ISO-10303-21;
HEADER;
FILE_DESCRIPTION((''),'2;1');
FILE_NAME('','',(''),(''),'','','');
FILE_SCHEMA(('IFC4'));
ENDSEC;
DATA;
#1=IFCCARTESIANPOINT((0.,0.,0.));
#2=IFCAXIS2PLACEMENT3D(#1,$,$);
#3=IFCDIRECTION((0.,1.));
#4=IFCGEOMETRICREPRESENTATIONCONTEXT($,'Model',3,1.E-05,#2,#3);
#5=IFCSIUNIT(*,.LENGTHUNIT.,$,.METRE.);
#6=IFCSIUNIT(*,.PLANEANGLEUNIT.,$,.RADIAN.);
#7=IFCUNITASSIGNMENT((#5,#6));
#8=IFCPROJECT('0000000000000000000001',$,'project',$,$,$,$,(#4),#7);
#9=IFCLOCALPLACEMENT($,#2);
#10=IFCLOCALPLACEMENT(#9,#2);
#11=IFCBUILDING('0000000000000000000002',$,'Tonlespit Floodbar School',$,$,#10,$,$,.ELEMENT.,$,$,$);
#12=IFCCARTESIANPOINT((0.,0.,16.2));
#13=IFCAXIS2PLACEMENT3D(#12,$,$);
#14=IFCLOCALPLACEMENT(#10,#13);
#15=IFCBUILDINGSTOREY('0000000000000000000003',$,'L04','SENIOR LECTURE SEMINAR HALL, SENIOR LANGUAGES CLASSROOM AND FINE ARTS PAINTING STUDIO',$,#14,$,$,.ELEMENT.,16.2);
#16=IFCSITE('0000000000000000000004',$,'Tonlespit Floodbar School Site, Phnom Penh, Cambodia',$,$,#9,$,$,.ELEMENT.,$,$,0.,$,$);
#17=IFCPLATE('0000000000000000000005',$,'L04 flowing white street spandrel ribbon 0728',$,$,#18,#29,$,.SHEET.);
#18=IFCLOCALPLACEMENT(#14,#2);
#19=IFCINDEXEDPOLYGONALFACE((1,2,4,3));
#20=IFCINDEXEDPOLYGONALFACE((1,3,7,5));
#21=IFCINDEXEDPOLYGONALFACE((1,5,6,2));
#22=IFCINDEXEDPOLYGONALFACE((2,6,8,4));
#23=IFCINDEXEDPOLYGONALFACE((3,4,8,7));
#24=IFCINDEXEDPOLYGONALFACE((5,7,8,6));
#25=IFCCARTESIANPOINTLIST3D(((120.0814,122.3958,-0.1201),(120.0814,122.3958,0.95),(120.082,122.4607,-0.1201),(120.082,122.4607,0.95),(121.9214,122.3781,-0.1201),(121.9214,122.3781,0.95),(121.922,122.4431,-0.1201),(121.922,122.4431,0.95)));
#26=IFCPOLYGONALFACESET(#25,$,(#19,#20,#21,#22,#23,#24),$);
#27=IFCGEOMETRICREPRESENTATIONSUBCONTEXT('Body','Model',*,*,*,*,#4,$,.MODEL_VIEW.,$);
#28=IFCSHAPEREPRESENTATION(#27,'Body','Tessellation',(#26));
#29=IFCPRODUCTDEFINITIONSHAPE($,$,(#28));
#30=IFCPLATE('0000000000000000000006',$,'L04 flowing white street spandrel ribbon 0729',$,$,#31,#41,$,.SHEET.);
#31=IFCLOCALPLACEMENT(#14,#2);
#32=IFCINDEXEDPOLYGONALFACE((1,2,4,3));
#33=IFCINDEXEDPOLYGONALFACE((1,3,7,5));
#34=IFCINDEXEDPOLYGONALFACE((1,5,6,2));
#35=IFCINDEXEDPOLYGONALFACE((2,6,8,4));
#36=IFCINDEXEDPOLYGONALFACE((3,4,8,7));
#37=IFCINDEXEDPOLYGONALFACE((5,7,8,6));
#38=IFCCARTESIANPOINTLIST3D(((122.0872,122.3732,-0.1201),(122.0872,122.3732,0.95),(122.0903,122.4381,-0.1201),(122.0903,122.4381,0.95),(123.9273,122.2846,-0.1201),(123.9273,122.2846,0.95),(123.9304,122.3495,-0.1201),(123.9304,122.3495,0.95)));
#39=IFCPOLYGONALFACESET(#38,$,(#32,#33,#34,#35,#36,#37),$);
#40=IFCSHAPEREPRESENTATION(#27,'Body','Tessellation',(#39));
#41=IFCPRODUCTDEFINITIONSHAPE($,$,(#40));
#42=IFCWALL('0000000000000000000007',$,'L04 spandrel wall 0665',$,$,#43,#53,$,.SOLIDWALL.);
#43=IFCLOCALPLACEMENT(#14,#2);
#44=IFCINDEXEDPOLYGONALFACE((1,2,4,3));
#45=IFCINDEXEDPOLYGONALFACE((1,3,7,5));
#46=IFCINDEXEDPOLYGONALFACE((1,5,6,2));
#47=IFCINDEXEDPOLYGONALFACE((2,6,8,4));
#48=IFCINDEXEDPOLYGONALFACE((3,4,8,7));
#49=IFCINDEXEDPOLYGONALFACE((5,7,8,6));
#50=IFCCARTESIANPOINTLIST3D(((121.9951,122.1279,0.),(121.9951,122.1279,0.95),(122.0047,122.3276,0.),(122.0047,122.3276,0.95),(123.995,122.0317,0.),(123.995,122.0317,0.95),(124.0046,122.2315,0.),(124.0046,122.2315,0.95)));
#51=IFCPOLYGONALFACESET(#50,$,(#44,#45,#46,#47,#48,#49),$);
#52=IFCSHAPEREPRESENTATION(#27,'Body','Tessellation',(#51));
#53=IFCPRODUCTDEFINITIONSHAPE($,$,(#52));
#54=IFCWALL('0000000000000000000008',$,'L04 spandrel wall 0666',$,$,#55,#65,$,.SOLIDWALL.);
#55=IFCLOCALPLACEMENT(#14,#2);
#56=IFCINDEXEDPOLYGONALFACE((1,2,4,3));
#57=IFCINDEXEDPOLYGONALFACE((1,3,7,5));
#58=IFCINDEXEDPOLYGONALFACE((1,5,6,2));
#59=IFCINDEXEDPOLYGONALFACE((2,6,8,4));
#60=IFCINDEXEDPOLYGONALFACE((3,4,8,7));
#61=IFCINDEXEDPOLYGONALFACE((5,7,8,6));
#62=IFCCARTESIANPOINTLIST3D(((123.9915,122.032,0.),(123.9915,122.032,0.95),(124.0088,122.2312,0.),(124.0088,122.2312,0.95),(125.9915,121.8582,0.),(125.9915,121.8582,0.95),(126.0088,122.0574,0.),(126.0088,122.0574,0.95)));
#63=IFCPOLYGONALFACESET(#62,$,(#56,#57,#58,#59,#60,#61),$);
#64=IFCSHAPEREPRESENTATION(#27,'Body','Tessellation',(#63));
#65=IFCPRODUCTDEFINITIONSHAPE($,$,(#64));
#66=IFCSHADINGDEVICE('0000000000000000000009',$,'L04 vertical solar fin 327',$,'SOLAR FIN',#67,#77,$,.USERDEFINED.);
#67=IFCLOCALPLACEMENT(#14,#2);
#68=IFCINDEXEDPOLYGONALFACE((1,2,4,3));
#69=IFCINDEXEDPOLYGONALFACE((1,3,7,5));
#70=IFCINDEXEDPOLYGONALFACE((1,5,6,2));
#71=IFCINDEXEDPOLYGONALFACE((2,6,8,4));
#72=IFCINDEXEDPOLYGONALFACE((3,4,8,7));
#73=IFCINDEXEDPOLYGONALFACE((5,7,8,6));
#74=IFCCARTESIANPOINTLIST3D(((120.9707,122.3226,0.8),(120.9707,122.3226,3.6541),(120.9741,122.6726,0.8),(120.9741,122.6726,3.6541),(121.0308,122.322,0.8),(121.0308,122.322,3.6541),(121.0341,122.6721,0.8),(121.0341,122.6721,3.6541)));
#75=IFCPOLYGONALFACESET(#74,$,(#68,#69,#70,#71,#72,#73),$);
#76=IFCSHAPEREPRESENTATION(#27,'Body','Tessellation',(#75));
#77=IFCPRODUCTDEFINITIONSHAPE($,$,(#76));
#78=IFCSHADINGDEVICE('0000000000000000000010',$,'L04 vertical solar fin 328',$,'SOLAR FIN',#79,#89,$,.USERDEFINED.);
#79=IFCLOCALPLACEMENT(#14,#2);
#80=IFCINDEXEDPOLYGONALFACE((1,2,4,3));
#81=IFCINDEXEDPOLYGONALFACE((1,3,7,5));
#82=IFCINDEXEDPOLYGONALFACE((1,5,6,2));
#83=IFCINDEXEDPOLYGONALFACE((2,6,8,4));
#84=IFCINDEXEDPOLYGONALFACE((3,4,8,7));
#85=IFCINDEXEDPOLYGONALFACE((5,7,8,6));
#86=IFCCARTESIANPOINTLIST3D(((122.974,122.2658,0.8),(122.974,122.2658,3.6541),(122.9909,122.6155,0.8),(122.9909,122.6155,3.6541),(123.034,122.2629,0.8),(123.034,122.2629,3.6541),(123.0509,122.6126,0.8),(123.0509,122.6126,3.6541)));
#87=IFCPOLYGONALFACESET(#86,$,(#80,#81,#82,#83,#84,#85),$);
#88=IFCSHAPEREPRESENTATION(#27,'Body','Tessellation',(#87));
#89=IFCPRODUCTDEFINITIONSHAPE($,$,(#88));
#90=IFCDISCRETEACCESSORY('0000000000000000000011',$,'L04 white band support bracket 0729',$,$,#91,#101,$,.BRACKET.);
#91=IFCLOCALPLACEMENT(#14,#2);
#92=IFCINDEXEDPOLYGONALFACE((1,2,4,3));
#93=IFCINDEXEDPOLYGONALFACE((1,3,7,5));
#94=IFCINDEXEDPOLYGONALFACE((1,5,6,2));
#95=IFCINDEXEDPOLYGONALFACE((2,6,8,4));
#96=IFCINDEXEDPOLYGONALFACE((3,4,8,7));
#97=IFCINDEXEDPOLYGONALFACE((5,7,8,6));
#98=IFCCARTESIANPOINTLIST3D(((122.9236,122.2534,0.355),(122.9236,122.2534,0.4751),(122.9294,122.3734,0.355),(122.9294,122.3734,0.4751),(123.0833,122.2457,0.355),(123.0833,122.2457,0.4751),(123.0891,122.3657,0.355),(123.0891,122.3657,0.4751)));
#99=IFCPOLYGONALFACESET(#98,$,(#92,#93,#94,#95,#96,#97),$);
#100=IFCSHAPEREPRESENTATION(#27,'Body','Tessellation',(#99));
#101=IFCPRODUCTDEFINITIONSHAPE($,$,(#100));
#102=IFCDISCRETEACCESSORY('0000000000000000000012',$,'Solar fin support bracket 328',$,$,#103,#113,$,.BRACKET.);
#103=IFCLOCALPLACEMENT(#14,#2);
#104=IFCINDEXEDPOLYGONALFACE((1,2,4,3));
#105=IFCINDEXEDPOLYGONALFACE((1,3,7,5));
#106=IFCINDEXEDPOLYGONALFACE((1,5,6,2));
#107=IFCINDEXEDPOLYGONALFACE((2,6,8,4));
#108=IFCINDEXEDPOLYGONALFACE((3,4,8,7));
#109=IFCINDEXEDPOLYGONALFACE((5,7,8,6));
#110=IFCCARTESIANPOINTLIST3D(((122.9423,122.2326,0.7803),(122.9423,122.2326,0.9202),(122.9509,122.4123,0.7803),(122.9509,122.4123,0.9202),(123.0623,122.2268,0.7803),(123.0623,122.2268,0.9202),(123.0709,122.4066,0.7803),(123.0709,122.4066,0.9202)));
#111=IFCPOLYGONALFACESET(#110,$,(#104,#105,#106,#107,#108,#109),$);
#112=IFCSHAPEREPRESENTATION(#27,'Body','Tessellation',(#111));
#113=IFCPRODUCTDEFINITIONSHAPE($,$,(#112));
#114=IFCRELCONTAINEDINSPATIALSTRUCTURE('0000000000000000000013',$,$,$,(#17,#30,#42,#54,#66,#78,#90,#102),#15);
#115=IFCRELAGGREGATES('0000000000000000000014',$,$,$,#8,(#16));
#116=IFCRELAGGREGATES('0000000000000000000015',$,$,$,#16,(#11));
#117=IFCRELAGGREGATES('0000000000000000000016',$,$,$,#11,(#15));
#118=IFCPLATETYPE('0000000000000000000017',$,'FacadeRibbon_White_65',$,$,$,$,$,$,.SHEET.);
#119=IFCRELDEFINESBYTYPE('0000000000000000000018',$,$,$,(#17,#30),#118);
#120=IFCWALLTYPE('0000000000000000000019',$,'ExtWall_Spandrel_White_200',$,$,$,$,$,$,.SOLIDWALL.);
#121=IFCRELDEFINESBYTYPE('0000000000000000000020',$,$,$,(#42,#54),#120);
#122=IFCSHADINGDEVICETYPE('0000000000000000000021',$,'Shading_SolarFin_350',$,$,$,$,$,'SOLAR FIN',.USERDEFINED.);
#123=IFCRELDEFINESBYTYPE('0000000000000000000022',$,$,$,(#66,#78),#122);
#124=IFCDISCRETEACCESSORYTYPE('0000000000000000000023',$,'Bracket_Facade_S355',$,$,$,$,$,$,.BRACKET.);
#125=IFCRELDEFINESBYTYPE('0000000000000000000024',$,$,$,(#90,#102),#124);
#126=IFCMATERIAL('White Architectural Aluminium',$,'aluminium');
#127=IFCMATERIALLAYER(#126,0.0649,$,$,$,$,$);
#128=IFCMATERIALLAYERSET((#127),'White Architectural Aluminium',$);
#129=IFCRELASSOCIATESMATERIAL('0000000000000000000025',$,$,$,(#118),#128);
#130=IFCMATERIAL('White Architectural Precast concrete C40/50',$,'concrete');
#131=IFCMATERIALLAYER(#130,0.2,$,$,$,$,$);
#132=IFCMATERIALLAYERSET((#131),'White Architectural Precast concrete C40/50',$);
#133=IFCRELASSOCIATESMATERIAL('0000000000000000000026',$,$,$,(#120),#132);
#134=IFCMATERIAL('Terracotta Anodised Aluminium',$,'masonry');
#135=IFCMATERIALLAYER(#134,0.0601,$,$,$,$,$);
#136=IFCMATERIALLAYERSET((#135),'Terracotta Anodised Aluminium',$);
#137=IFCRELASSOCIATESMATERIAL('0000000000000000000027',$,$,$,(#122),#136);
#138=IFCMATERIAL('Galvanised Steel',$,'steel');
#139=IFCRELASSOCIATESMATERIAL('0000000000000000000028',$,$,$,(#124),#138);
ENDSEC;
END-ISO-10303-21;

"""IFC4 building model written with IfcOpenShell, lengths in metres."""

from ifc_helpers import new_model, si_unit, direction, frame, frame_2d, origin, origin_2d, place, context, subcontext, project, spatial, rectangle, extrude, material, layer, layer_set, type_object, element, save


model = new_model("IFC4")

# Units and contexts
model_context = context("Model", 3, precision=1e-05, world=origin(), true_north=direction((0.0, 1.0)))
body_context = subcontext(model_context, "Body", "Model", "MODEL_VIEW")
ifc_project = project(units=[si_unit("LENGTHUNIT", "METRE"), si_unit("PLANEANGLEUNIT", "RADIAN")], contexts=[model_context])

# Site, building, storey
site_placement = place(None, origin())
site = spatial("IfcSite", under=ifc_project, at=site_placement, Name="Tonlespit Floodbar School Site, Phnom Penh, Cambodia", CompositionType="ELEMENT", RefElevation=0.0)
building_placement = place(site_placement, origin())
building = spatial("IfcBuilding", under=site, at=building_placement, Name="Tonlespit Floodbar School", CompositionType="ELEMENT")
storey_placement = place(building_placement, frame((0.0, 0.0, 16.2)))
storey = spatial("IfcBuildingStorey", under=building, at=storey_placement, Name="L04", Description="SENIOR LECTURE SEMINAR HALL, SENIOR LANGUAGES CLASSROOM AND FINE ARTS PAINTING STUDIO", CompositionType="ELEMENT", Elevation=16.2)

# Plates
ifc_material_1 = material(Name="White Architectural Aluminium", Category="aluminium")
ifc_layer_1 = layer(ifc_material_1, 0.0649)
ifc_layer_set_1 = layer_set([ifc_layer_1], Name="White Architectural Aluminium")
plate_type_1 = type_object("IfcPlateType", Name="FacadeRibbon_White_65", PredefinedType="SHEET", material=ifc_layer_set_1)
plate_1_placement = place(storey_placement, frame((121.0017, 122.4194, -0.1201), z_axis=(0.0, 0.0, 1.0), x_axis=(0.999954, -0.009599, 0.0)))
element("IfcPlate", 1, at=plate_1_placement, inside=storey, type_object=plate_type_1, Name="L04 flowing white street spandrel ribbon 0728", PredefinedType="SHEET", context=body_context, shape_type="SweptSolid", body=[
    extrude(rectangle(XDim=1.8401, YDim=0.0649, at=origin_2d()), origin(), (0.0, 0.0, 1.0), 1.0701),
])
plate_2_placement = place(storey_placement, frame((123.0088, 122.3613, -0.1201), z_axis=(0.0, 0.0, 1.0), x_axis=(0.998843, -0.048095, 0.0)))
element("IfcPlate", 2, at=plate_2_placement, inside=storey, type_object=plate_type_1, Name="L04 flowing white street spandrel ribbon 0729", PredefinedType="SHEET", context=body_context, shape_type="SweptSolid", body=[
    extrude(rectangle(XDim=1.8423, YDim=0.0649, at=origin_2d()), origin(), (0.0, 0.0, 1.0), 1.0701),
])

# Walls
ifc_material_2 = material(Name="White Architectural Precast concrete C40/50", Category="concrete")
ifc_layer_2 = layer(ifc_material_2, 0.2)
ifc_layer_set_2 = layer_set([ifc_layer_2], Name="White Architectural Precast concrete C40/50")
wall_type = type_object("IfcWallType", Name="ExtWall_Spandrel_White_200", PredefinedType="SOLIDWALL", material=ifc_layer_set_2)
wall_1_placement = place(storey_placement, frame((122.0, 122.2278, 0.0), z_axis=(0.0, 0.0, 1.0), x_axis=(0.998845, -0.04804, 0.0)))
element("IfcWall", 3, at=wall_1_placement, inside=storey, type_object=wall_type, Name="L04 spandrel wall 0665", PredefinedType="SOLIDWALL", context=body_context, shape_type="SweptSolid", body=[
    extrude(rectangle(XDim=2.0022, YDim=0.2, at=frame_2d((1.001, 0.0))), origin(), (0.0, 0.0, 1.0), 0.95),
])
wall_2_placement = place(storey_placement, frame((124.0, 122.1316, 0.0), z_axis=(0.0, 0.0, 1.0), x_axis=(0.996244, -0.086588, 0.0)))
element("IfcWall", 4, at=wall_2_placement, inside=storey, type_object=wall_type, Name="L04 spandrel wall 0666", PredefinedType="SOLIDWALL", context=body_context, shape_type="SweptSolid", body=[
    extrude(rectangle(XDim=2.0076, YDim=0.2, at=frame_2d((1.0039, 0.0))), origin(), (0.0, 0.0, 1.0), 0.95),
])

# Shading devices
ifc_material_3 = material(Name="Terracotta Anodised Aluminium", Category="masonry")
ifc_layer_3 = layer(ifc_material_3, 0.0601)
ifc_layer_set_3 = layer_set([ifc_layer_3], Name="Terracotta Anodised Aluminium")
shading_device_type = type_object("IfcShadingDeviceType", Name="Shading_SolarFin_350", ElementType="SOLAR FIN", PredefinedType="USERDEFINED", material=ifc_layer_set_3)
for number, where, z_axis, x_axis, name in (
    (5, (121.0024, 122.4973, 0.8), (0.0, 0.0, 1.0), (0.999954, -0.009599, 0.0), "L04 vertical solar fin 327"),
    (6, (123.0125, 122.4392, 0.8), (0.0, 0.0, 1.0), (0.998843, -0.048095, 0.0), "L04 vertical solar fin 328"),
):
    element("IfcShadingDevice", number, at=place(storey_placement, frame(where, z_axis=z_axis, x_axis=x_axis)), inside=storey, type_object=shading_device_type, Name=name, ObjectType="SOLAR FIN", PredefinedType="USERDEFINED", context=body_context, shape_type="SweptSolid", body=[
        extrude(rectangle(XDim=0.0601, YDim=0.3501, at=origin_2d()), origin(), (0.0, 0.0, 1.0), 2.854),
    ])

# Discrete accessories
ifc_material_4 = material(Name="Galvanised Steel", Category="steel")
discrete_accessory_type = type_object("IfcDiscreteAccessoryType", Name="Bracket_Facade_S355", PredefinedType="BRACKET", material=ifc_material_4)
discrete_accessory_1_placement = place(storey_placement, frame((123.0063, 122.3096, 0.355), z_axis=(0.0, 0.0, 1.0), x_axis=(0.998843, -0.048095, 0.0)))
element("IfcDiscreteAccessory", 7, at=discrete_accessory_1_placement, inside=storey, type_object=discrete_accessory_type, Name="L04 white band support bracket 0729", PredefinedType="BRACKET", context=body_context, shape_type="SweptSolid", body=[
    extrude(rectangle(XDim=0.1599, YDim=0.1201, at=origin_2d()), origin(), (0.0, 0.0, 1.0), 0.1201),
])
discrete_accessory_2_placement = place(storey_placement, frame((123.0066, 122.3196, 0.7803), z_axis=(0.0, 0.0, 1.0), x_axis=(0.998843, -0.048095, 0.0)))
element("IfcDiscreteAccessory", 8, at=discrete_accessory_2_placement, inside=storey, type_object=discrete_accessory_type, Name="Solar fin support bracket 328", PredefinedType="BRACKET", context=body_context, shape_type="SweptSolid", body=[
    extrude(rectangle(XDim=0.1201, YDim=0.1799, at=origin_2d()), origin(), (0.0, 0.0, 1.0), 0.1399),
])

save(model, "model.ifc")
